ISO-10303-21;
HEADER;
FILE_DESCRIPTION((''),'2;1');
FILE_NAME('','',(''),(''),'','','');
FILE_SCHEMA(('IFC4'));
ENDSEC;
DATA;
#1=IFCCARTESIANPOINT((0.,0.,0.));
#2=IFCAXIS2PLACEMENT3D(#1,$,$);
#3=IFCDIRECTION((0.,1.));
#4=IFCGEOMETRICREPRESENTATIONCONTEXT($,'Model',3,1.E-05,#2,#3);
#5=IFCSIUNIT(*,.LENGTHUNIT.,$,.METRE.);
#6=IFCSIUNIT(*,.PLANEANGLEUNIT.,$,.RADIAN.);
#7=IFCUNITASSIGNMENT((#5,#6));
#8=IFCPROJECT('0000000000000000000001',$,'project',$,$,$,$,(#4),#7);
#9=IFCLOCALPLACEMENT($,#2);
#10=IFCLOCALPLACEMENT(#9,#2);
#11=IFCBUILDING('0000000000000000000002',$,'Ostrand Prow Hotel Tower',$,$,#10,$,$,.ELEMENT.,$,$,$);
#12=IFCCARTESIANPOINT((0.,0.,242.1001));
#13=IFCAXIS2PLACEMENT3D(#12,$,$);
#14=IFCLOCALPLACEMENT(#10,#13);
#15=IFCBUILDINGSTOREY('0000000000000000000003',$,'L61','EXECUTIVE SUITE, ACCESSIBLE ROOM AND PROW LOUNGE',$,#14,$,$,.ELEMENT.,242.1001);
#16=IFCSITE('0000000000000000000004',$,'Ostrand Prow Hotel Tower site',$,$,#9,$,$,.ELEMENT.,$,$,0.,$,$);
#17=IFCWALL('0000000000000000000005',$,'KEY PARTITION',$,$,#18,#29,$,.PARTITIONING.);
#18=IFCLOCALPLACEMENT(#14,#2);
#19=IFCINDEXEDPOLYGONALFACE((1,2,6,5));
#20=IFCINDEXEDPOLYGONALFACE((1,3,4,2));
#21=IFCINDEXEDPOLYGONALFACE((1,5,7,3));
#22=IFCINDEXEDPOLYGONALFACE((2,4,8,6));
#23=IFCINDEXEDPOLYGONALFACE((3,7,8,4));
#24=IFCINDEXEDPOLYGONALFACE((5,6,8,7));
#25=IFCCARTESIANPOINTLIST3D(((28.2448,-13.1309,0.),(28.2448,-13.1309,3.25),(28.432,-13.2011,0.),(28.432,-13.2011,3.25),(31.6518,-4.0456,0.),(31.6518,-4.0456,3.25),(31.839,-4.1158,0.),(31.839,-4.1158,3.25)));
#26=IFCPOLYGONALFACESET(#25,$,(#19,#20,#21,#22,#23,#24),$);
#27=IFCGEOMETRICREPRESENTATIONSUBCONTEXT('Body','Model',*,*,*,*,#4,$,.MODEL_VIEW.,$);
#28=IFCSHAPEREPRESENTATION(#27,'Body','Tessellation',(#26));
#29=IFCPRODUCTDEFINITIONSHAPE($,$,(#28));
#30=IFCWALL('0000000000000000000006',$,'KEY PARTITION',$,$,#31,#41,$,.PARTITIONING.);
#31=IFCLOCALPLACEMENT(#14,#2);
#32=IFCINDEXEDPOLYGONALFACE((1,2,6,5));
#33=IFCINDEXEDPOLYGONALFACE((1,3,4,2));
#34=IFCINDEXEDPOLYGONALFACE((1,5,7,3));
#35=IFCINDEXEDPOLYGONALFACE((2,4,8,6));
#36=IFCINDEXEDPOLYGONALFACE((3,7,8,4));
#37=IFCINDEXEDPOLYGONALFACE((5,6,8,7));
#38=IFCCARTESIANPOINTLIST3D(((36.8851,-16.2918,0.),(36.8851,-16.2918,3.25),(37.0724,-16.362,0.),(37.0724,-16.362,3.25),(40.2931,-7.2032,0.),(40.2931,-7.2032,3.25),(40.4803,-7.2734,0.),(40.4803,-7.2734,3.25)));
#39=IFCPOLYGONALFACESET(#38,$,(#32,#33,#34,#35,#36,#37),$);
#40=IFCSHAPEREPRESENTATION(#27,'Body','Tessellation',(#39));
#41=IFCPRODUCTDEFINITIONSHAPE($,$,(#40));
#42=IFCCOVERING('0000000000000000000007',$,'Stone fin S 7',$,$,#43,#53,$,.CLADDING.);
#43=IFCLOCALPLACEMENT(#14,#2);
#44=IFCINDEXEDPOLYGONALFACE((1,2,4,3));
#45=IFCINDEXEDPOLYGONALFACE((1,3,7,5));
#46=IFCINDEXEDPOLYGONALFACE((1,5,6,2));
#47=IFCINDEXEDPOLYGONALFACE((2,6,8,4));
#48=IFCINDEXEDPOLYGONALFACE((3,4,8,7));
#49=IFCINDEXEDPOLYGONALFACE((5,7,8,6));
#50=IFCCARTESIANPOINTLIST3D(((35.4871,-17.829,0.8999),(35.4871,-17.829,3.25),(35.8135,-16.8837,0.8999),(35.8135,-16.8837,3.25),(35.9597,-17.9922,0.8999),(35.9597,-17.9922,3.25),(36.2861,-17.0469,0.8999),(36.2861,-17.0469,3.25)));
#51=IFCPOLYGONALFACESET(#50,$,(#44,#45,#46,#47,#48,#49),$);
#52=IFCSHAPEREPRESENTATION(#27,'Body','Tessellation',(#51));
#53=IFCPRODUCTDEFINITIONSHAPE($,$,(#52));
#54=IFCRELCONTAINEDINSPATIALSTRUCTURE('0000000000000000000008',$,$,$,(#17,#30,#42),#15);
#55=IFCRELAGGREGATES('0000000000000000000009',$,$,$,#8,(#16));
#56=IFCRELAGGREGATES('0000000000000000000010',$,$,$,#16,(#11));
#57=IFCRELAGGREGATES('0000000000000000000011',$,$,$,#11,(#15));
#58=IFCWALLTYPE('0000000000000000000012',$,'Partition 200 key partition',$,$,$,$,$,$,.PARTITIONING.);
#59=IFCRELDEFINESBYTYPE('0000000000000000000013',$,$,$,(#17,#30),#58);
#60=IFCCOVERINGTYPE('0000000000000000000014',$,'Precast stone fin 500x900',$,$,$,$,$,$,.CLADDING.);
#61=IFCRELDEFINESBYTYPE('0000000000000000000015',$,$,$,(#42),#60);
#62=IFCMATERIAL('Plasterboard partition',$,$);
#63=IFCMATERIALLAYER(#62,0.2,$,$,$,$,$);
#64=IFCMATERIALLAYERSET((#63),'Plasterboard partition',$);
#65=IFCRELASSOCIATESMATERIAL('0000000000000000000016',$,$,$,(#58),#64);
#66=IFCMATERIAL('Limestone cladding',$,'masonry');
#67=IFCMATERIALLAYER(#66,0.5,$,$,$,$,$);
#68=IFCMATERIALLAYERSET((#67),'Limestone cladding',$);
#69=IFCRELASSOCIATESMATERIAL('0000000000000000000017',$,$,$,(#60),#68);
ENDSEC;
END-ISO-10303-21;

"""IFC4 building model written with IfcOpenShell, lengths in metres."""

from ifc_helpers import new_model, si_unit, direction, frame, frame_2d, origin, place, context, subcontext, project, spatial, rectangle, extrude, material, layer, layer_set, type_object, element, save


model = new_model("IFC4")

# Units and contexts
model_context = context("Model", 3, precision=1e-05, world=origin(), true_north=direction((0.0, 1.0)))
body_context = subcontext(model_context, "Body", "Model", "MODEL_VIEW")
ifc_project = project(units=[si_unit("LENGTHUNIT", "METRE"), si_unit("PLANEANGLEUNIT", "RADIAN")], contexts=[model_context])

# Site, building, storey
site_placement = place(None, origin())
site = spatial("IfcSite", under=ifc_project, at=site_placement, Name="Ostrand Prow Hotel Tower site", CompositionType="ELEMENT", RefElevation=0.0)
building_placement = place(site_placement, origin())
building = spatial("IfcBuilding", under=site, at=building_placement, Name="Ostrand Prow Hotel Tower", CompositionType="ELEMENT")
storey_placement = place(building_placement, frame((0.0, 0.0, 242.1001)))
storey = spatial("IfcBuildingStorey", under=building, at=storey_placement, Name="L61", Description="EXECUTIVE SUITE, ACCESSIBLE ROOM AND PROW LOUNGE", CompositionType="ELEMENT", Elevation=242.1001)

# Walls
ifc_material_1 = material(Name="Plasterboard partition")
ifc_layer_1 = layer(ifc_material_1, 0.2)
ifc_layer_set_1 = layer_set([ifc_layer_1], Name="Plasterboard partition")
wall_type = type_object("IfcWallType", Name="Partition 200 key partition", PredefinedType="PARTITIONING", material=ifc_layer_set_1)
wall_1_placement = place(storey_placement, frame((28.3384, -13.166, 0.0), z_axis=(0.0, 0.0, 1.0), x_axis=(0.351126, 0.936328, 0.0)))
element("IfcWall", 1, at=wall_1_placement, inside=storey, type_object=wall_type, Name="KEY PARTITION", PredefinedType="PARTITIONING", context=body_context, shape_type="SweptSolid", body=[
    extrude(rectangle(XDim=9.7031, YDim=0.2, at=frame_2d((4.8516, 0.0))), origin(), (0.0, 0.0, 1.0), 3.25),
])
wall_2_placement = place(storey_placement, frame((36.9788, -16.3269, 0.0), z_axis=(0.0, 0.0, 1.0), x_axis=(0.351099, 0.936338, 0.0)))
element("IfcWall", 2, at=wall_2_placement, inside=storey, type_object=wall_type, Name="KEY PARTITION", PredefinedType="PARTITIONING", context=body_context, shape_type="SweptSolid", body=[
    extrude(rectangle(XDim=9.7065, YDim=0.2, at=frame_2d((4.8533, 0.0))), origin(), (0.0, 0.0, 1.0), 3.25),
])

# Covering
ifc_material_2 = material(Name="Limestone cladding", Category="masonry")
ifc_layer_2 = layer(ifc_material_2, 0.5)
ifc_layer_set_2 = layer_set([ifc_layer_2], Name="Limestone cladding")
covering_type = type_object("IfcCoveringType", Name="Precast stone fin 500x900", PredefinedType="CLADDING", material=ifc_layer_set_2)
covering_placement = place(storey_placement, frame((36.0498, -16.9653, 0.8999), z_axis=(0.0, 0.0, 1.0), x_axis=(-0.326389, -0.945235, 0.0)))
element("IfcCovering", 3, at=covering_placement, inside=storey, type_object=covering_type, Name="Stone fin S 7", PredefinedType="CLADDING", context=body_context, shape_type="SweptSolid", body=[
    extrude(rectangle(XDim=1.0, YDim=0.5, at=frame_2d((0.5, 0.0))), origin(), (0.0, 0.0, 1.0), 2.3501),
])

save(model, "model.ifc")
